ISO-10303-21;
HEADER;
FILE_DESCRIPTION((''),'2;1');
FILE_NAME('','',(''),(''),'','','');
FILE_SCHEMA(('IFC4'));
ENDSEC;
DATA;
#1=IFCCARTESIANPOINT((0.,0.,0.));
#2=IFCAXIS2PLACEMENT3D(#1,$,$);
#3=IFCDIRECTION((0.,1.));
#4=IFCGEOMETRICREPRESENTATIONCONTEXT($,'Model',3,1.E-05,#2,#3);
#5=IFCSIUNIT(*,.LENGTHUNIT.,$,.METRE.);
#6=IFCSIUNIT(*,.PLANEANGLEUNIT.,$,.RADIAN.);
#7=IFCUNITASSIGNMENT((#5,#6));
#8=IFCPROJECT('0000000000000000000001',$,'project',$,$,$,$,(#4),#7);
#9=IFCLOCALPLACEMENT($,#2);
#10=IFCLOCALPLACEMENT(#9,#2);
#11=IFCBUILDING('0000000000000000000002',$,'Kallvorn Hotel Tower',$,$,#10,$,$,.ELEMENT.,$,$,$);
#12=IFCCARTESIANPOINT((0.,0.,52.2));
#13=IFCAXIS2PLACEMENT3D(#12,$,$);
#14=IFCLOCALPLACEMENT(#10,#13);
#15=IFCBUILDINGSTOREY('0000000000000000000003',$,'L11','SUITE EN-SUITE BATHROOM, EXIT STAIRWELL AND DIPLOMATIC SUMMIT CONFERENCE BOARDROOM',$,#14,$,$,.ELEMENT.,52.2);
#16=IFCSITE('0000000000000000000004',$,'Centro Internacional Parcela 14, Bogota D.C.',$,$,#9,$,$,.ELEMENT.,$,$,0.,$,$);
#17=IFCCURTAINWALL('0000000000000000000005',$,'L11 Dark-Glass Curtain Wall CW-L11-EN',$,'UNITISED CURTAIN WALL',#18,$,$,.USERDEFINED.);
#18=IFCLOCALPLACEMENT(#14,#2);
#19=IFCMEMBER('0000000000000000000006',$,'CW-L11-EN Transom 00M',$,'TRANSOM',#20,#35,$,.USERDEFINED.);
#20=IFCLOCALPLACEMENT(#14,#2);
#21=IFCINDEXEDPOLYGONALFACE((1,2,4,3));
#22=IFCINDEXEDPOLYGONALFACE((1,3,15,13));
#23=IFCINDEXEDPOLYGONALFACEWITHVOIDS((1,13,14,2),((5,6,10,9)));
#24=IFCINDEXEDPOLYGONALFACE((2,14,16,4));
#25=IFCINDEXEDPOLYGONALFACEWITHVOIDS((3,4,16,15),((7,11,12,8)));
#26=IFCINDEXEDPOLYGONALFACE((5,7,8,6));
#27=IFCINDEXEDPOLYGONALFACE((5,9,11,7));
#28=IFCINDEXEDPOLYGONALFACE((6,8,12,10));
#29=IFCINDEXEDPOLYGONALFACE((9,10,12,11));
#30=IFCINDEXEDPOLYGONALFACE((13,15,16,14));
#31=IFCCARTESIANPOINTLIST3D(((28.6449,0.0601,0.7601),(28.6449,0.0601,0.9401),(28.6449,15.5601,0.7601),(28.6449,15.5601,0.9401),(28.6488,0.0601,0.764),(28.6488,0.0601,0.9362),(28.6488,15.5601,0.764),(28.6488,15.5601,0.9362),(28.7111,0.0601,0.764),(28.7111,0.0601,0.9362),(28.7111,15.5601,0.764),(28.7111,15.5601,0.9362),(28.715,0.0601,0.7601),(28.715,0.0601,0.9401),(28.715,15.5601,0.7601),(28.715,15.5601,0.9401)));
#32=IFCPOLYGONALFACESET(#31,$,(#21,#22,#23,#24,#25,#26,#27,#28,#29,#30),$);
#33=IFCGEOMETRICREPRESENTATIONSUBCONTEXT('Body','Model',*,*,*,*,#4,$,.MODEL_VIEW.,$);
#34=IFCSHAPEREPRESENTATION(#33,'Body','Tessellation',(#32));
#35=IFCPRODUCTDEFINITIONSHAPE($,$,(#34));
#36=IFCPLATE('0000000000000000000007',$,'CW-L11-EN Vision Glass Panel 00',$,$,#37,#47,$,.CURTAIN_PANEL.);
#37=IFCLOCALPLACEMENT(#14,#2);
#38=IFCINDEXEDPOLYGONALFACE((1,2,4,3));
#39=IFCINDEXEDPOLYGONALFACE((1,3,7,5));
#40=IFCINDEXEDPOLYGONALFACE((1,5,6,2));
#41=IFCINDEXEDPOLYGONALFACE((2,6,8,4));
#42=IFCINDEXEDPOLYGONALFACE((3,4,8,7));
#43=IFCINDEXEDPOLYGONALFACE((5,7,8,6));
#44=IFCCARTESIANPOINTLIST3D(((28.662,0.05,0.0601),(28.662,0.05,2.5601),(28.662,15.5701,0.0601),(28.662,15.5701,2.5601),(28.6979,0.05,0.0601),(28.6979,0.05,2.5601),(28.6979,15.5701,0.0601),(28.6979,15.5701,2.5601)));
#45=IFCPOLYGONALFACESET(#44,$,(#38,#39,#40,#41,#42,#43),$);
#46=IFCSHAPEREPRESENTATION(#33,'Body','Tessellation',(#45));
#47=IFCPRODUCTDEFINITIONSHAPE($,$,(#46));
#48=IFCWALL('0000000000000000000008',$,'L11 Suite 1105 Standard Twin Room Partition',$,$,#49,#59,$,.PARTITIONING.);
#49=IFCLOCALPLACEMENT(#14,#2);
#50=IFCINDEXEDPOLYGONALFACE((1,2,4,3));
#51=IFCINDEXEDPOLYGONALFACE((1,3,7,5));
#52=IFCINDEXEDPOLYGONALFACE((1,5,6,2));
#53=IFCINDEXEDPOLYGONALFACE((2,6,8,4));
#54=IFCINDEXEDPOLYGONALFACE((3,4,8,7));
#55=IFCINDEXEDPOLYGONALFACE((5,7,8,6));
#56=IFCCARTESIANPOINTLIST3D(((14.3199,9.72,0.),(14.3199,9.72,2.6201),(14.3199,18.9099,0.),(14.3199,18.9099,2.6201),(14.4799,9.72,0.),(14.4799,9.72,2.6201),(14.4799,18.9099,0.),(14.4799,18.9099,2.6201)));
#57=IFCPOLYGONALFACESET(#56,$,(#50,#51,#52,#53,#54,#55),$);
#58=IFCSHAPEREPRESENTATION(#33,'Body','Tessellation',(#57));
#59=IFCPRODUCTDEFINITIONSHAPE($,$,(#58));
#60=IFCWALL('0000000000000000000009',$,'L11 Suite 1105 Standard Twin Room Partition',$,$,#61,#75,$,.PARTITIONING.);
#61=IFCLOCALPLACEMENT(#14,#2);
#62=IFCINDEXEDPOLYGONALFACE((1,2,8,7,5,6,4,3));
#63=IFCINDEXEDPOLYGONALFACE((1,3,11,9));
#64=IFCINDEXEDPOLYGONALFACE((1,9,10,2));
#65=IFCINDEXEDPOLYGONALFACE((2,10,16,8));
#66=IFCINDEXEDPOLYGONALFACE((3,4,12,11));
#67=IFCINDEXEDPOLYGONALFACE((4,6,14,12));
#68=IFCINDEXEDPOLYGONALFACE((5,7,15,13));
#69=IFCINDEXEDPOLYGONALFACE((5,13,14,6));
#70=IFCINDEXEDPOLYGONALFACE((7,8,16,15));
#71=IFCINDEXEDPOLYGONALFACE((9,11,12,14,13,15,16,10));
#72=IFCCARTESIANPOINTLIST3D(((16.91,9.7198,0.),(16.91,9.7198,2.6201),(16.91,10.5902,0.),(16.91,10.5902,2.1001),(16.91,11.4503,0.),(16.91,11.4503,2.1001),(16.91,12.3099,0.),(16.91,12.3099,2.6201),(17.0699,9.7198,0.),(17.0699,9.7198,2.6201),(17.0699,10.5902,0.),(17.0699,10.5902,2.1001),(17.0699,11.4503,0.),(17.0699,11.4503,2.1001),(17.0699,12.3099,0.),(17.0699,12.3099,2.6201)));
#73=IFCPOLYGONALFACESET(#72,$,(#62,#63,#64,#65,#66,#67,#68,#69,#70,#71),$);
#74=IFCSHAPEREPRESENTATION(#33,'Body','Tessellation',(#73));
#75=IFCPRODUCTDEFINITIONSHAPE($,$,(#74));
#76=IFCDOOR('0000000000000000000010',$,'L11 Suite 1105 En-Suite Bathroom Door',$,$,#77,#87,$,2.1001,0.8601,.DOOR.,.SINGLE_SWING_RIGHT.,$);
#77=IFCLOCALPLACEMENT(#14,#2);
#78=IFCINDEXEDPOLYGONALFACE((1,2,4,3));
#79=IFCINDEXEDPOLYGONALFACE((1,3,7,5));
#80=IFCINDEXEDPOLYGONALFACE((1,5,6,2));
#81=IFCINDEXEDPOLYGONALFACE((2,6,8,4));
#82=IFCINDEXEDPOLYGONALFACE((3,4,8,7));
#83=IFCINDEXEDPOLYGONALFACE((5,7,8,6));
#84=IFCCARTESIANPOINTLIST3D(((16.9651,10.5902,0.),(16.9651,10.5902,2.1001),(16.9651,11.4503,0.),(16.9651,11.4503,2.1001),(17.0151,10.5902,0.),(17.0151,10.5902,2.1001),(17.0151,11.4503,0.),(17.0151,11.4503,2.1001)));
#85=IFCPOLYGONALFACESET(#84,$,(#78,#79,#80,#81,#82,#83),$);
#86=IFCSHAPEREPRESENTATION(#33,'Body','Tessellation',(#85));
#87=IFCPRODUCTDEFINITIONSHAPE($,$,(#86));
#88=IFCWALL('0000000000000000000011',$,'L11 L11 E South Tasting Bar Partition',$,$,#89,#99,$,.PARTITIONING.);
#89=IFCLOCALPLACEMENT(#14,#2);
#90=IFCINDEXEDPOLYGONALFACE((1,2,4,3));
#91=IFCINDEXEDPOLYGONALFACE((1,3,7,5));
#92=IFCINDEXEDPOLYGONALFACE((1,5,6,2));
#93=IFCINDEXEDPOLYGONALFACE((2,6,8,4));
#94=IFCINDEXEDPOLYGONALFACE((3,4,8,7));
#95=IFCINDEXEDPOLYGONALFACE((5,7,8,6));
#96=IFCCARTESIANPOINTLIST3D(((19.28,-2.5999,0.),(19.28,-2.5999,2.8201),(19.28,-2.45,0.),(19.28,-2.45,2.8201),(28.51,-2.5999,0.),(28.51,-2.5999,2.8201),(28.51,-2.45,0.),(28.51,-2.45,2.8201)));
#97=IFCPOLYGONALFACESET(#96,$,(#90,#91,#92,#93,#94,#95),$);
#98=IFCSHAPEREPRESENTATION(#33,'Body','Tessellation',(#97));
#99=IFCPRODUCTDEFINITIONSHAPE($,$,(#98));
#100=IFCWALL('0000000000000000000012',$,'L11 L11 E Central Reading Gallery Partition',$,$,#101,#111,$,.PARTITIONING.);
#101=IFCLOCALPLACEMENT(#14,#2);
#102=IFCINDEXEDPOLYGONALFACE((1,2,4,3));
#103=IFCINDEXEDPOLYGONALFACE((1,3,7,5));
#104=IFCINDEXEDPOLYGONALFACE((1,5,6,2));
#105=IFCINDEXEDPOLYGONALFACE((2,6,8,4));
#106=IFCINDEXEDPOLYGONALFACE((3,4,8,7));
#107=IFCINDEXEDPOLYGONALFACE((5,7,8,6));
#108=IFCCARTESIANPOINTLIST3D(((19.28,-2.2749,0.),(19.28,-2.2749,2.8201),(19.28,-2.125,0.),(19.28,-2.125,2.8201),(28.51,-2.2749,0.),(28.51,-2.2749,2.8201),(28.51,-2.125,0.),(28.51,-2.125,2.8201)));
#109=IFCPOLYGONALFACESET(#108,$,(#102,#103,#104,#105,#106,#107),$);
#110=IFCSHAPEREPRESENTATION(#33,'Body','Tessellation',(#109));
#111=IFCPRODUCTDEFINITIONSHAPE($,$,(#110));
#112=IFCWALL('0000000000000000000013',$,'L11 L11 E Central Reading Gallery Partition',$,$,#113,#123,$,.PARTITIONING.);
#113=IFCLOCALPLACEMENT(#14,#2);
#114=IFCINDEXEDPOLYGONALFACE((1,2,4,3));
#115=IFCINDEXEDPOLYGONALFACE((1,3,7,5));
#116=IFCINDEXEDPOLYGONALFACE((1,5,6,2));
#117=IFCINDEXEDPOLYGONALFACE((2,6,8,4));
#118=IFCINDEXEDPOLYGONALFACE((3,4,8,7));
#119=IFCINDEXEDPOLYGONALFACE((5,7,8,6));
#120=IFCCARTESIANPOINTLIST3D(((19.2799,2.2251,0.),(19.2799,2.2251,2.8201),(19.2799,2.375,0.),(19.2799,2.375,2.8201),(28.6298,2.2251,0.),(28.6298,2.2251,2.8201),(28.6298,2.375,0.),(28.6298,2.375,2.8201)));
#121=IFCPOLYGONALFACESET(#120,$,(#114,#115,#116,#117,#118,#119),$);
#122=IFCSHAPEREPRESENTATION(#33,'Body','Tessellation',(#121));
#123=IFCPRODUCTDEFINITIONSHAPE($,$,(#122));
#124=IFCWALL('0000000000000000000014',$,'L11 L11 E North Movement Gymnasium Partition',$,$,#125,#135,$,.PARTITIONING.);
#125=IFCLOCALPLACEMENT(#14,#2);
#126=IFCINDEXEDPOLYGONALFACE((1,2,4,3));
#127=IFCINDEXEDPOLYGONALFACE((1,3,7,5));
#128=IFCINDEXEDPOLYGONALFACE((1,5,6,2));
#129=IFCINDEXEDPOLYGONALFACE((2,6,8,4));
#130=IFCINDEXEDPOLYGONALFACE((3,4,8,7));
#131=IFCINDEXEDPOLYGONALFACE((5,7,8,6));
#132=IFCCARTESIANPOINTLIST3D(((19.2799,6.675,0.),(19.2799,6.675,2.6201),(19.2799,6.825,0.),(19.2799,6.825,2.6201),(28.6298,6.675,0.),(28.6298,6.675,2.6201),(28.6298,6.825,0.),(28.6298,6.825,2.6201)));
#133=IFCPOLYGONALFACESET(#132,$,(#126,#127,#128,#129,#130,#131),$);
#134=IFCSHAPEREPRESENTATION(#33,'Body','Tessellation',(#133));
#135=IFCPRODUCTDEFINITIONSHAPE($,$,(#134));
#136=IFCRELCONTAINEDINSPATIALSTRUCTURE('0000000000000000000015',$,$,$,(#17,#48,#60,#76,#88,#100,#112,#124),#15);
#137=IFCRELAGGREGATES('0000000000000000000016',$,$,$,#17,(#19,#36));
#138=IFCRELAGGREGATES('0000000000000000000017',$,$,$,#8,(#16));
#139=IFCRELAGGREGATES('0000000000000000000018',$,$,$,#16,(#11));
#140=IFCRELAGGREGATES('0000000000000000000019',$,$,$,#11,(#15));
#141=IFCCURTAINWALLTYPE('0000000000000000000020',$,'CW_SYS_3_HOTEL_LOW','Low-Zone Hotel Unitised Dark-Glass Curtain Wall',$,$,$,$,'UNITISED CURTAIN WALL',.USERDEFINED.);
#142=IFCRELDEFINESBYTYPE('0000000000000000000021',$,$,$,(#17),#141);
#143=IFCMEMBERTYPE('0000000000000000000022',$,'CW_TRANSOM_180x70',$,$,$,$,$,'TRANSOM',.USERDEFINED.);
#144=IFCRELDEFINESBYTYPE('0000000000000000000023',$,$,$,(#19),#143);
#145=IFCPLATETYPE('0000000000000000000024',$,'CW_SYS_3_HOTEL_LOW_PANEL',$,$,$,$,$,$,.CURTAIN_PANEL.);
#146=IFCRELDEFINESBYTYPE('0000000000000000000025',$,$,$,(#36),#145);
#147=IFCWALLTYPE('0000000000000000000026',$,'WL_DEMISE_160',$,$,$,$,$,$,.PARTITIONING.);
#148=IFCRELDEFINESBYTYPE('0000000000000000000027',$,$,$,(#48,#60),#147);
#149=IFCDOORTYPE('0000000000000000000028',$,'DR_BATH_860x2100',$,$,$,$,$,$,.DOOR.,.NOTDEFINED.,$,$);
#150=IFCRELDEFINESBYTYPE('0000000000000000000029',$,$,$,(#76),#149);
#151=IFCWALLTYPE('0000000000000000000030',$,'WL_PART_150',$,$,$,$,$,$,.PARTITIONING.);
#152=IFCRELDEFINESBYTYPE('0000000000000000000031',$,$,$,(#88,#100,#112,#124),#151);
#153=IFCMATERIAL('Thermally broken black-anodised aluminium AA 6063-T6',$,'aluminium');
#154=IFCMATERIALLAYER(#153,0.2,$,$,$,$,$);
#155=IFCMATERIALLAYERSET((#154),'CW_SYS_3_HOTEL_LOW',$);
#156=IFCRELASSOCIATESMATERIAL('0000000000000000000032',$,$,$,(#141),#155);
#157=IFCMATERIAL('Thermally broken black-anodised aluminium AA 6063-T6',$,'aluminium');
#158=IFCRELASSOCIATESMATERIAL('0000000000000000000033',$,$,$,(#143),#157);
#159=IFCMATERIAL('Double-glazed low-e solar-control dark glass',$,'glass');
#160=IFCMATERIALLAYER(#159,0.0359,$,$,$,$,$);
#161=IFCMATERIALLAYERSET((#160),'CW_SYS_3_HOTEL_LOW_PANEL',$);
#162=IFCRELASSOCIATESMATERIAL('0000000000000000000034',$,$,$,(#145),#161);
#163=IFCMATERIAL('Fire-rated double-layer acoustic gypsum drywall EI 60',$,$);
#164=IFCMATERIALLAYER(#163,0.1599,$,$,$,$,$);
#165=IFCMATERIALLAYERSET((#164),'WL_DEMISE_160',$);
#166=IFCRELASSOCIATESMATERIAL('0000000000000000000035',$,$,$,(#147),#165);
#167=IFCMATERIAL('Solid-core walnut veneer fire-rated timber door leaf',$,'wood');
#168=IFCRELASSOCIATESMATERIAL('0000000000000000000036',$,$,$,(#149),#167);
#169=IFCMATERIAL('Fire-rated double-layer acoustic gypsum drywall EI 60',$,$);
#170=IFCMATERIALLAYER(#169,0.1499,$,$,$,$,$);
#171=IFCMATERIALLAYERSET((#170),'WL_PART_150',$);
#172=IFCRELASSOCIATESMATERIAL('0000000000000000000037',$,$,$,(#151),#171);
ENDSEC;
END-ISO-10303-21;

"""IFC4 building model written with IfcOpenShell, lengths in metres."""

from ifc_helpers import new_model, si_unit, direction, frame, frame_2d, origin, origin_2d, place, context, subcontext, project, spatial, rectangle, hollow_rectangle, extrude, material, layer, layer_set, material_profile, profile_set, type_object, element, fill, aggregate, save


model = new_model("IFC4")

# Units and contexts
model_context = context("Model", 3, precision=1e-05, world=origin(), true_north=direction((0.0, 1.0)))
body_context = subcontext(model_context, "Body", "Model", "MODEL_VIEW")
ifc_project = project(units=[si_unit("LENGTHUNIT", "METRE"), si_unit("PLANEANGLEUNIT", "RADIAN")], contexts=[model_context])

# Site, building, storey
site_placement = place(None, origin())
site = spatial("IfcSite", under=ifc_project, at=site_placement, Name="Centro Internacional Parcela 14, Bogota D.C.", CompositionType="ELEMENT", RefElevation=0.0)
building_placement = place(site_placement, origin())
building = spatial("IfcBuilding", under=site, at=building_placement, Name="Kallvorn Hotel Tower", CompositionType="ELEMENT")
storey_placement = place(building_placement, frame((0.0, 0.0, 52.2)))
storey = spatial("IfcBuildingStorey", under=building, at=storey_placement, Name="L11", Description="SUITE EN-SUITE BATHROOM, EXIT STAIRWELL AND DIPLOMATIC SUMMIT CONFERENCE BOARDROOM", CompositionType="ELEMENT", Elevation=52.2)

# Curtain wall, member, plate
ifc_material_1 = material(Name="Thermally broken black-anodised aluminium AA 6063-T6", Category="aluminium")
ifc_layer_1 = layer(ifc_material_1, 0.2)
ifc_layer_set_1 = layer_set([ifc_layer_1], Name="CW_SYS_3_HOTEL_LOW")
curtain_wall_type = type_object("IfcCurtainWallType", Name="CW_SYS_3_HOTEL_LOW", Description="Low-Zone Hotel Unitised Dark-Glass Curtain Wall", ElementType="UNITISED CURTAIN WALL", PredefinedType="USERDEFINED", material=ifc_layer_set_1)
curtain_wall_placement = place(storey_placement, origin())
curtain_wall = element("IfcCurtainWall", 1, at=curtain_wall_placement, inside=storey, type_object=curtain_wall_type, Name="L11 Dark-Glass Curtain Wall CW-L11-EN", ObjectType="UNITISED CURTAIN WALL", PredefinedType="USERDEFINED")
ifc_material_2 = material(Name="Thermally broken black-anodised aluminium AA 6063-T6", Category="aluminium")
ifc_material_profile_1 = material_profile(ifc_material_2, hollow_rectangle(XDim=0.0701, YDim=0.1799, WallThickness=0.0039, at=origin_2d()), Name="TRN 180x70")
ifc_profile_set_1 = profile_set([ifc_material_profile_1], Name="Thermally broken black-anodised aluminium AA 6063-T6")
member_type_1 = type_object("IfcMemberType", Name="CW_TRANSOM_180x70", ElementType="TRANSOM", PredefinedType="USERDEFINED", material=ifc_profile_set_1)
member_1_placement = place(storey_placement, frame((28.6799, 0.0601, 0.8501), z_axis=(0.0, 1.0, 0.0), x_axis=(-1.0, 0.0, 0.0)))
member_1 = element("IfcMember", 2, at=member_1_placement, type_object=member_type_1, Name="CW-L11-EN Transom 00M", ObjectType="TRANSOM", PredefinedType="USERDEFINED", context=body_context, shape_type="SweptSolid", body=[
    extrude(hollow_rectangle(XDim=0.0701, YDim=0.1799, WallThickness=0.0039, at=origin_2d()), origin(), (0.0, 0.0, 1.0), 15.5),
])
ifc_material_3 = material(Name="Double-glazed low-e solar-control dark glass", Category="glass")
ifc_layer_2 = layer(ifc_material_3, 0.0359)
ifc_layer_set_2 = layer_set([ifc_layer_2], Name="CW_SYS_3_HOTEL_LOW_PANEL")
plate_type = type_object("IfcPlateType", Name="CW_SYS_3_HOTEL_LOW_PANEL", PredefinedType="CURTAIN_PANEL", material=ifc_layer_set_2)
plate_placement = place(storey_placement, frame((28.6799, 7.8101, 0.0601), z_axis=(0.0, 0.0, 1.0), x_axis=(0.0, 1.0, 0.0)))
plate = element("IfcPlate", 3, at=plate_placement, type_object=plate_type, Name="CW-L11-EN Vision Glass Panel 00", PredefinedType="CURTAIN_PANEL", context=body_context, shape_type="SweptSolid", body=[
    extrude(rectangle(XDim=15.52, YDim=0.0359, at=origin_2d()), origin(), (0.0, 0.0, 1.0), 2.5),
])
aggregate(curtain_wall, [member_1, plate])

# Wall
ifc_material_4 = material(Name="Fire-rated double-layer acoustic gypsum drywall EI 60")
ifc_layer_3 = layer(ifc_material_4, 0.1599)
ifc_layer_set_3 = layer_set([ifc_layer_3], Name="WL_DEMISE_160")
wall_type_1 = type_object("IfcWallType", Name="WL_DEMISE_160", PredefinedType="PARTITIONING", material=ifc_layer_set_3)
wall_1_placement = place(storey_placement, frame((14.3999, 9.72, 0.0), z_axis=(0.0, 0.0, 1.0), x_axis=(0.0, 1.0, 0.0)))
element("IfcWall", 4, at=wall_1_placement, inside=storey, type_object=wall_type_1, Name="L11 Suite 1105 Standard Twin Room Partition", PredefinedType="PARTITIONING", context=body_context, shape_type="SweptSolid", body=[
    extrude(rectangle(XDim=9.1899, YDim=0.1599, at=frame_2d((4.595, 0.0))), origin(), (0.0, 0.0, 1.0), 2.6201),
])

# Wall, opening, door
wall_2_placement = place(storey_placement, frame((16.99, 9.72, 0.0), z_axis=(0.0, 0.0, 1.0), x_axis=(0.0, 1.0, 0.0)))
wall_2 = element("IfcWall", 5, at=wall_2_placement, inside=storey, type_object=wall_type_1, Name="L11 Suite 1105 Standard Twin Room Partition", PredefinedType="PARTITIONING", context=body_context, shape_type="SweptSolid", body=[
    extrude(rectangle(XDim=2.5901, YDim=0.1599, at=frame_2d((1.2949, 0.0))), origin(), (0.0, 0.0, 1.0), 2.6201),
])
opening_placement = place(wall_2_placement, frame((0.8701, 0.0, 0.0)))
opening = element("IfcOpeningElement", 6, at=opening_placement, cuts=wall_2, PredefinedType="OPENING", context=body_context, shape_type="SweptSolid", body=[
    extrude(rectangle(XDim=0.8601, YDim=2.1001, at=frame_2d((0.4302, 1.05))), frame((0.0, 0.095, 0.0), z_axis=(0.0, -1.0, 0.0), x_axis=(1.0, 0.0, 0.0)), (0.0, 0.0, 1.0), 0.1899),
])
ifc_material_5 = material(Name="Solid-core walnut veneer fire-rated timber door leaf", Category="wood")
door_type = type_object("IfcDoorType", Name="DR_BATH_860x2100", OperationType="NOTDEFINED", PredefinedType="DOOR", material=ifc_material_5)
door_placement = place(opening_placement, origin())
door = element("IfcDoor", 7, at=door_placement, inside=storey, type_object=door_type, Name="L11 Suite 1105 En-Suite Bathroom Door", OperationType="SINGLE_SWING_RIGHT", OverallHeight=2.1001, OverallWidth=0.8601, PredefinedType="DOOR", context=body_context, shape_type="SweptSolid", body=[
    extrude(rectangle(XDim=0.8601, YDim=2.1001, at=frame_2d((0.4302, 1.05))), frame((0.0, 0.0249, 0.0), z_axis=(0.0, -1.0, 0.0), x_axis=(1.0, 0.0, 0.0)), (0.0, 0.0, 1.0), 0.05),
])
fill(opening, door)

# Walls
ifc_material_6 = material(Name="Fire-rated double-layer acoustic gypsum drywall EI 60")
ifc_layer_4 = layer(ifc_material_6, 0.1499)
ifc_layer_set_4 = layer_set([ifc_layer_4], Name="WL_PART_150")
wall_type_2 = type_object("IfcWallType", Name="WL_PART_150", PredefinedType="PARTITIONING", material=ifc_layer_set_4)
for number, where, z_axis, x_axis, name in (
    (8, (19.28, -2.5249, 0.0), (0.0, 0.0, 1.0), (1.0, 0.0, 0.0), "L11 L11 E South Tasting Bar Partition"),
    (9, (19.28, -2.2, 0.0), (0.0, 0.0, 1.0), (1.0, 0.0, 0.0), "L11 L11 E Central Reading Gallery Partition"),
):
    element("IfcWall", number, at=place(storey_placement, frame(where, z_axis=z_axis, x_axis=x_axis)), inside=storey, type_object=wall_type_2, Name=name, PredefinedType="PARTITIONING", context=body_context, shape_type="SweptSolid", body=[
        extrude(rectangle(XDim=9.23, YDim=0.1499, at=frame_2d((4.615, 0.0))), origin(), (0.0, 0.0, 1.0), 2.8201),
    ])
wall_3_placement = place(storey_placement, frame((19.28, 2.3, 0.0), z_axis=(0.0, 0.0, 1.0), x_axis=(1.0, 0.0, 0.0)))
element("IfcWall", 10, at=wall_3_placement, inside=storey, type_object=wall_type_2, Name="L11 L11 E Central Reading Gallery Partition", PredefinedType="PARTITIONING", context=body_context, shape_type="SweptSolid", body=[
    extrude(rectangle(XDim=9.3499, YDim=0.1499, at=frame_2d((4.6748, 0.0))), origin(), (0.0, 0.0, 1.0), 2.8201),
])
wall_4_placement = place(storey_placement, frame((19.28, 6.75, 0.0), z_axis=(0.0, 0.0, 1.0), x_axis=(1.0, 0.0, 0.0)))
element("IfcWall", 11, at=wall_4_placement, inside=storey, type_object=wall_type_2, Name="L11 L11 E North Movement Gymnasium Partition", PredefinedType="PARTITIONING", context=body_context, shape_type="SweptSolid", body=[
    extrude(rectangle(XDim=9.3499, YDim=0.1499, at=frame_2d((4.6748, 0.0))), origin(), (0.0, 0.0, 1.0), 2.6201),
])

save(model, "model.ifc")
